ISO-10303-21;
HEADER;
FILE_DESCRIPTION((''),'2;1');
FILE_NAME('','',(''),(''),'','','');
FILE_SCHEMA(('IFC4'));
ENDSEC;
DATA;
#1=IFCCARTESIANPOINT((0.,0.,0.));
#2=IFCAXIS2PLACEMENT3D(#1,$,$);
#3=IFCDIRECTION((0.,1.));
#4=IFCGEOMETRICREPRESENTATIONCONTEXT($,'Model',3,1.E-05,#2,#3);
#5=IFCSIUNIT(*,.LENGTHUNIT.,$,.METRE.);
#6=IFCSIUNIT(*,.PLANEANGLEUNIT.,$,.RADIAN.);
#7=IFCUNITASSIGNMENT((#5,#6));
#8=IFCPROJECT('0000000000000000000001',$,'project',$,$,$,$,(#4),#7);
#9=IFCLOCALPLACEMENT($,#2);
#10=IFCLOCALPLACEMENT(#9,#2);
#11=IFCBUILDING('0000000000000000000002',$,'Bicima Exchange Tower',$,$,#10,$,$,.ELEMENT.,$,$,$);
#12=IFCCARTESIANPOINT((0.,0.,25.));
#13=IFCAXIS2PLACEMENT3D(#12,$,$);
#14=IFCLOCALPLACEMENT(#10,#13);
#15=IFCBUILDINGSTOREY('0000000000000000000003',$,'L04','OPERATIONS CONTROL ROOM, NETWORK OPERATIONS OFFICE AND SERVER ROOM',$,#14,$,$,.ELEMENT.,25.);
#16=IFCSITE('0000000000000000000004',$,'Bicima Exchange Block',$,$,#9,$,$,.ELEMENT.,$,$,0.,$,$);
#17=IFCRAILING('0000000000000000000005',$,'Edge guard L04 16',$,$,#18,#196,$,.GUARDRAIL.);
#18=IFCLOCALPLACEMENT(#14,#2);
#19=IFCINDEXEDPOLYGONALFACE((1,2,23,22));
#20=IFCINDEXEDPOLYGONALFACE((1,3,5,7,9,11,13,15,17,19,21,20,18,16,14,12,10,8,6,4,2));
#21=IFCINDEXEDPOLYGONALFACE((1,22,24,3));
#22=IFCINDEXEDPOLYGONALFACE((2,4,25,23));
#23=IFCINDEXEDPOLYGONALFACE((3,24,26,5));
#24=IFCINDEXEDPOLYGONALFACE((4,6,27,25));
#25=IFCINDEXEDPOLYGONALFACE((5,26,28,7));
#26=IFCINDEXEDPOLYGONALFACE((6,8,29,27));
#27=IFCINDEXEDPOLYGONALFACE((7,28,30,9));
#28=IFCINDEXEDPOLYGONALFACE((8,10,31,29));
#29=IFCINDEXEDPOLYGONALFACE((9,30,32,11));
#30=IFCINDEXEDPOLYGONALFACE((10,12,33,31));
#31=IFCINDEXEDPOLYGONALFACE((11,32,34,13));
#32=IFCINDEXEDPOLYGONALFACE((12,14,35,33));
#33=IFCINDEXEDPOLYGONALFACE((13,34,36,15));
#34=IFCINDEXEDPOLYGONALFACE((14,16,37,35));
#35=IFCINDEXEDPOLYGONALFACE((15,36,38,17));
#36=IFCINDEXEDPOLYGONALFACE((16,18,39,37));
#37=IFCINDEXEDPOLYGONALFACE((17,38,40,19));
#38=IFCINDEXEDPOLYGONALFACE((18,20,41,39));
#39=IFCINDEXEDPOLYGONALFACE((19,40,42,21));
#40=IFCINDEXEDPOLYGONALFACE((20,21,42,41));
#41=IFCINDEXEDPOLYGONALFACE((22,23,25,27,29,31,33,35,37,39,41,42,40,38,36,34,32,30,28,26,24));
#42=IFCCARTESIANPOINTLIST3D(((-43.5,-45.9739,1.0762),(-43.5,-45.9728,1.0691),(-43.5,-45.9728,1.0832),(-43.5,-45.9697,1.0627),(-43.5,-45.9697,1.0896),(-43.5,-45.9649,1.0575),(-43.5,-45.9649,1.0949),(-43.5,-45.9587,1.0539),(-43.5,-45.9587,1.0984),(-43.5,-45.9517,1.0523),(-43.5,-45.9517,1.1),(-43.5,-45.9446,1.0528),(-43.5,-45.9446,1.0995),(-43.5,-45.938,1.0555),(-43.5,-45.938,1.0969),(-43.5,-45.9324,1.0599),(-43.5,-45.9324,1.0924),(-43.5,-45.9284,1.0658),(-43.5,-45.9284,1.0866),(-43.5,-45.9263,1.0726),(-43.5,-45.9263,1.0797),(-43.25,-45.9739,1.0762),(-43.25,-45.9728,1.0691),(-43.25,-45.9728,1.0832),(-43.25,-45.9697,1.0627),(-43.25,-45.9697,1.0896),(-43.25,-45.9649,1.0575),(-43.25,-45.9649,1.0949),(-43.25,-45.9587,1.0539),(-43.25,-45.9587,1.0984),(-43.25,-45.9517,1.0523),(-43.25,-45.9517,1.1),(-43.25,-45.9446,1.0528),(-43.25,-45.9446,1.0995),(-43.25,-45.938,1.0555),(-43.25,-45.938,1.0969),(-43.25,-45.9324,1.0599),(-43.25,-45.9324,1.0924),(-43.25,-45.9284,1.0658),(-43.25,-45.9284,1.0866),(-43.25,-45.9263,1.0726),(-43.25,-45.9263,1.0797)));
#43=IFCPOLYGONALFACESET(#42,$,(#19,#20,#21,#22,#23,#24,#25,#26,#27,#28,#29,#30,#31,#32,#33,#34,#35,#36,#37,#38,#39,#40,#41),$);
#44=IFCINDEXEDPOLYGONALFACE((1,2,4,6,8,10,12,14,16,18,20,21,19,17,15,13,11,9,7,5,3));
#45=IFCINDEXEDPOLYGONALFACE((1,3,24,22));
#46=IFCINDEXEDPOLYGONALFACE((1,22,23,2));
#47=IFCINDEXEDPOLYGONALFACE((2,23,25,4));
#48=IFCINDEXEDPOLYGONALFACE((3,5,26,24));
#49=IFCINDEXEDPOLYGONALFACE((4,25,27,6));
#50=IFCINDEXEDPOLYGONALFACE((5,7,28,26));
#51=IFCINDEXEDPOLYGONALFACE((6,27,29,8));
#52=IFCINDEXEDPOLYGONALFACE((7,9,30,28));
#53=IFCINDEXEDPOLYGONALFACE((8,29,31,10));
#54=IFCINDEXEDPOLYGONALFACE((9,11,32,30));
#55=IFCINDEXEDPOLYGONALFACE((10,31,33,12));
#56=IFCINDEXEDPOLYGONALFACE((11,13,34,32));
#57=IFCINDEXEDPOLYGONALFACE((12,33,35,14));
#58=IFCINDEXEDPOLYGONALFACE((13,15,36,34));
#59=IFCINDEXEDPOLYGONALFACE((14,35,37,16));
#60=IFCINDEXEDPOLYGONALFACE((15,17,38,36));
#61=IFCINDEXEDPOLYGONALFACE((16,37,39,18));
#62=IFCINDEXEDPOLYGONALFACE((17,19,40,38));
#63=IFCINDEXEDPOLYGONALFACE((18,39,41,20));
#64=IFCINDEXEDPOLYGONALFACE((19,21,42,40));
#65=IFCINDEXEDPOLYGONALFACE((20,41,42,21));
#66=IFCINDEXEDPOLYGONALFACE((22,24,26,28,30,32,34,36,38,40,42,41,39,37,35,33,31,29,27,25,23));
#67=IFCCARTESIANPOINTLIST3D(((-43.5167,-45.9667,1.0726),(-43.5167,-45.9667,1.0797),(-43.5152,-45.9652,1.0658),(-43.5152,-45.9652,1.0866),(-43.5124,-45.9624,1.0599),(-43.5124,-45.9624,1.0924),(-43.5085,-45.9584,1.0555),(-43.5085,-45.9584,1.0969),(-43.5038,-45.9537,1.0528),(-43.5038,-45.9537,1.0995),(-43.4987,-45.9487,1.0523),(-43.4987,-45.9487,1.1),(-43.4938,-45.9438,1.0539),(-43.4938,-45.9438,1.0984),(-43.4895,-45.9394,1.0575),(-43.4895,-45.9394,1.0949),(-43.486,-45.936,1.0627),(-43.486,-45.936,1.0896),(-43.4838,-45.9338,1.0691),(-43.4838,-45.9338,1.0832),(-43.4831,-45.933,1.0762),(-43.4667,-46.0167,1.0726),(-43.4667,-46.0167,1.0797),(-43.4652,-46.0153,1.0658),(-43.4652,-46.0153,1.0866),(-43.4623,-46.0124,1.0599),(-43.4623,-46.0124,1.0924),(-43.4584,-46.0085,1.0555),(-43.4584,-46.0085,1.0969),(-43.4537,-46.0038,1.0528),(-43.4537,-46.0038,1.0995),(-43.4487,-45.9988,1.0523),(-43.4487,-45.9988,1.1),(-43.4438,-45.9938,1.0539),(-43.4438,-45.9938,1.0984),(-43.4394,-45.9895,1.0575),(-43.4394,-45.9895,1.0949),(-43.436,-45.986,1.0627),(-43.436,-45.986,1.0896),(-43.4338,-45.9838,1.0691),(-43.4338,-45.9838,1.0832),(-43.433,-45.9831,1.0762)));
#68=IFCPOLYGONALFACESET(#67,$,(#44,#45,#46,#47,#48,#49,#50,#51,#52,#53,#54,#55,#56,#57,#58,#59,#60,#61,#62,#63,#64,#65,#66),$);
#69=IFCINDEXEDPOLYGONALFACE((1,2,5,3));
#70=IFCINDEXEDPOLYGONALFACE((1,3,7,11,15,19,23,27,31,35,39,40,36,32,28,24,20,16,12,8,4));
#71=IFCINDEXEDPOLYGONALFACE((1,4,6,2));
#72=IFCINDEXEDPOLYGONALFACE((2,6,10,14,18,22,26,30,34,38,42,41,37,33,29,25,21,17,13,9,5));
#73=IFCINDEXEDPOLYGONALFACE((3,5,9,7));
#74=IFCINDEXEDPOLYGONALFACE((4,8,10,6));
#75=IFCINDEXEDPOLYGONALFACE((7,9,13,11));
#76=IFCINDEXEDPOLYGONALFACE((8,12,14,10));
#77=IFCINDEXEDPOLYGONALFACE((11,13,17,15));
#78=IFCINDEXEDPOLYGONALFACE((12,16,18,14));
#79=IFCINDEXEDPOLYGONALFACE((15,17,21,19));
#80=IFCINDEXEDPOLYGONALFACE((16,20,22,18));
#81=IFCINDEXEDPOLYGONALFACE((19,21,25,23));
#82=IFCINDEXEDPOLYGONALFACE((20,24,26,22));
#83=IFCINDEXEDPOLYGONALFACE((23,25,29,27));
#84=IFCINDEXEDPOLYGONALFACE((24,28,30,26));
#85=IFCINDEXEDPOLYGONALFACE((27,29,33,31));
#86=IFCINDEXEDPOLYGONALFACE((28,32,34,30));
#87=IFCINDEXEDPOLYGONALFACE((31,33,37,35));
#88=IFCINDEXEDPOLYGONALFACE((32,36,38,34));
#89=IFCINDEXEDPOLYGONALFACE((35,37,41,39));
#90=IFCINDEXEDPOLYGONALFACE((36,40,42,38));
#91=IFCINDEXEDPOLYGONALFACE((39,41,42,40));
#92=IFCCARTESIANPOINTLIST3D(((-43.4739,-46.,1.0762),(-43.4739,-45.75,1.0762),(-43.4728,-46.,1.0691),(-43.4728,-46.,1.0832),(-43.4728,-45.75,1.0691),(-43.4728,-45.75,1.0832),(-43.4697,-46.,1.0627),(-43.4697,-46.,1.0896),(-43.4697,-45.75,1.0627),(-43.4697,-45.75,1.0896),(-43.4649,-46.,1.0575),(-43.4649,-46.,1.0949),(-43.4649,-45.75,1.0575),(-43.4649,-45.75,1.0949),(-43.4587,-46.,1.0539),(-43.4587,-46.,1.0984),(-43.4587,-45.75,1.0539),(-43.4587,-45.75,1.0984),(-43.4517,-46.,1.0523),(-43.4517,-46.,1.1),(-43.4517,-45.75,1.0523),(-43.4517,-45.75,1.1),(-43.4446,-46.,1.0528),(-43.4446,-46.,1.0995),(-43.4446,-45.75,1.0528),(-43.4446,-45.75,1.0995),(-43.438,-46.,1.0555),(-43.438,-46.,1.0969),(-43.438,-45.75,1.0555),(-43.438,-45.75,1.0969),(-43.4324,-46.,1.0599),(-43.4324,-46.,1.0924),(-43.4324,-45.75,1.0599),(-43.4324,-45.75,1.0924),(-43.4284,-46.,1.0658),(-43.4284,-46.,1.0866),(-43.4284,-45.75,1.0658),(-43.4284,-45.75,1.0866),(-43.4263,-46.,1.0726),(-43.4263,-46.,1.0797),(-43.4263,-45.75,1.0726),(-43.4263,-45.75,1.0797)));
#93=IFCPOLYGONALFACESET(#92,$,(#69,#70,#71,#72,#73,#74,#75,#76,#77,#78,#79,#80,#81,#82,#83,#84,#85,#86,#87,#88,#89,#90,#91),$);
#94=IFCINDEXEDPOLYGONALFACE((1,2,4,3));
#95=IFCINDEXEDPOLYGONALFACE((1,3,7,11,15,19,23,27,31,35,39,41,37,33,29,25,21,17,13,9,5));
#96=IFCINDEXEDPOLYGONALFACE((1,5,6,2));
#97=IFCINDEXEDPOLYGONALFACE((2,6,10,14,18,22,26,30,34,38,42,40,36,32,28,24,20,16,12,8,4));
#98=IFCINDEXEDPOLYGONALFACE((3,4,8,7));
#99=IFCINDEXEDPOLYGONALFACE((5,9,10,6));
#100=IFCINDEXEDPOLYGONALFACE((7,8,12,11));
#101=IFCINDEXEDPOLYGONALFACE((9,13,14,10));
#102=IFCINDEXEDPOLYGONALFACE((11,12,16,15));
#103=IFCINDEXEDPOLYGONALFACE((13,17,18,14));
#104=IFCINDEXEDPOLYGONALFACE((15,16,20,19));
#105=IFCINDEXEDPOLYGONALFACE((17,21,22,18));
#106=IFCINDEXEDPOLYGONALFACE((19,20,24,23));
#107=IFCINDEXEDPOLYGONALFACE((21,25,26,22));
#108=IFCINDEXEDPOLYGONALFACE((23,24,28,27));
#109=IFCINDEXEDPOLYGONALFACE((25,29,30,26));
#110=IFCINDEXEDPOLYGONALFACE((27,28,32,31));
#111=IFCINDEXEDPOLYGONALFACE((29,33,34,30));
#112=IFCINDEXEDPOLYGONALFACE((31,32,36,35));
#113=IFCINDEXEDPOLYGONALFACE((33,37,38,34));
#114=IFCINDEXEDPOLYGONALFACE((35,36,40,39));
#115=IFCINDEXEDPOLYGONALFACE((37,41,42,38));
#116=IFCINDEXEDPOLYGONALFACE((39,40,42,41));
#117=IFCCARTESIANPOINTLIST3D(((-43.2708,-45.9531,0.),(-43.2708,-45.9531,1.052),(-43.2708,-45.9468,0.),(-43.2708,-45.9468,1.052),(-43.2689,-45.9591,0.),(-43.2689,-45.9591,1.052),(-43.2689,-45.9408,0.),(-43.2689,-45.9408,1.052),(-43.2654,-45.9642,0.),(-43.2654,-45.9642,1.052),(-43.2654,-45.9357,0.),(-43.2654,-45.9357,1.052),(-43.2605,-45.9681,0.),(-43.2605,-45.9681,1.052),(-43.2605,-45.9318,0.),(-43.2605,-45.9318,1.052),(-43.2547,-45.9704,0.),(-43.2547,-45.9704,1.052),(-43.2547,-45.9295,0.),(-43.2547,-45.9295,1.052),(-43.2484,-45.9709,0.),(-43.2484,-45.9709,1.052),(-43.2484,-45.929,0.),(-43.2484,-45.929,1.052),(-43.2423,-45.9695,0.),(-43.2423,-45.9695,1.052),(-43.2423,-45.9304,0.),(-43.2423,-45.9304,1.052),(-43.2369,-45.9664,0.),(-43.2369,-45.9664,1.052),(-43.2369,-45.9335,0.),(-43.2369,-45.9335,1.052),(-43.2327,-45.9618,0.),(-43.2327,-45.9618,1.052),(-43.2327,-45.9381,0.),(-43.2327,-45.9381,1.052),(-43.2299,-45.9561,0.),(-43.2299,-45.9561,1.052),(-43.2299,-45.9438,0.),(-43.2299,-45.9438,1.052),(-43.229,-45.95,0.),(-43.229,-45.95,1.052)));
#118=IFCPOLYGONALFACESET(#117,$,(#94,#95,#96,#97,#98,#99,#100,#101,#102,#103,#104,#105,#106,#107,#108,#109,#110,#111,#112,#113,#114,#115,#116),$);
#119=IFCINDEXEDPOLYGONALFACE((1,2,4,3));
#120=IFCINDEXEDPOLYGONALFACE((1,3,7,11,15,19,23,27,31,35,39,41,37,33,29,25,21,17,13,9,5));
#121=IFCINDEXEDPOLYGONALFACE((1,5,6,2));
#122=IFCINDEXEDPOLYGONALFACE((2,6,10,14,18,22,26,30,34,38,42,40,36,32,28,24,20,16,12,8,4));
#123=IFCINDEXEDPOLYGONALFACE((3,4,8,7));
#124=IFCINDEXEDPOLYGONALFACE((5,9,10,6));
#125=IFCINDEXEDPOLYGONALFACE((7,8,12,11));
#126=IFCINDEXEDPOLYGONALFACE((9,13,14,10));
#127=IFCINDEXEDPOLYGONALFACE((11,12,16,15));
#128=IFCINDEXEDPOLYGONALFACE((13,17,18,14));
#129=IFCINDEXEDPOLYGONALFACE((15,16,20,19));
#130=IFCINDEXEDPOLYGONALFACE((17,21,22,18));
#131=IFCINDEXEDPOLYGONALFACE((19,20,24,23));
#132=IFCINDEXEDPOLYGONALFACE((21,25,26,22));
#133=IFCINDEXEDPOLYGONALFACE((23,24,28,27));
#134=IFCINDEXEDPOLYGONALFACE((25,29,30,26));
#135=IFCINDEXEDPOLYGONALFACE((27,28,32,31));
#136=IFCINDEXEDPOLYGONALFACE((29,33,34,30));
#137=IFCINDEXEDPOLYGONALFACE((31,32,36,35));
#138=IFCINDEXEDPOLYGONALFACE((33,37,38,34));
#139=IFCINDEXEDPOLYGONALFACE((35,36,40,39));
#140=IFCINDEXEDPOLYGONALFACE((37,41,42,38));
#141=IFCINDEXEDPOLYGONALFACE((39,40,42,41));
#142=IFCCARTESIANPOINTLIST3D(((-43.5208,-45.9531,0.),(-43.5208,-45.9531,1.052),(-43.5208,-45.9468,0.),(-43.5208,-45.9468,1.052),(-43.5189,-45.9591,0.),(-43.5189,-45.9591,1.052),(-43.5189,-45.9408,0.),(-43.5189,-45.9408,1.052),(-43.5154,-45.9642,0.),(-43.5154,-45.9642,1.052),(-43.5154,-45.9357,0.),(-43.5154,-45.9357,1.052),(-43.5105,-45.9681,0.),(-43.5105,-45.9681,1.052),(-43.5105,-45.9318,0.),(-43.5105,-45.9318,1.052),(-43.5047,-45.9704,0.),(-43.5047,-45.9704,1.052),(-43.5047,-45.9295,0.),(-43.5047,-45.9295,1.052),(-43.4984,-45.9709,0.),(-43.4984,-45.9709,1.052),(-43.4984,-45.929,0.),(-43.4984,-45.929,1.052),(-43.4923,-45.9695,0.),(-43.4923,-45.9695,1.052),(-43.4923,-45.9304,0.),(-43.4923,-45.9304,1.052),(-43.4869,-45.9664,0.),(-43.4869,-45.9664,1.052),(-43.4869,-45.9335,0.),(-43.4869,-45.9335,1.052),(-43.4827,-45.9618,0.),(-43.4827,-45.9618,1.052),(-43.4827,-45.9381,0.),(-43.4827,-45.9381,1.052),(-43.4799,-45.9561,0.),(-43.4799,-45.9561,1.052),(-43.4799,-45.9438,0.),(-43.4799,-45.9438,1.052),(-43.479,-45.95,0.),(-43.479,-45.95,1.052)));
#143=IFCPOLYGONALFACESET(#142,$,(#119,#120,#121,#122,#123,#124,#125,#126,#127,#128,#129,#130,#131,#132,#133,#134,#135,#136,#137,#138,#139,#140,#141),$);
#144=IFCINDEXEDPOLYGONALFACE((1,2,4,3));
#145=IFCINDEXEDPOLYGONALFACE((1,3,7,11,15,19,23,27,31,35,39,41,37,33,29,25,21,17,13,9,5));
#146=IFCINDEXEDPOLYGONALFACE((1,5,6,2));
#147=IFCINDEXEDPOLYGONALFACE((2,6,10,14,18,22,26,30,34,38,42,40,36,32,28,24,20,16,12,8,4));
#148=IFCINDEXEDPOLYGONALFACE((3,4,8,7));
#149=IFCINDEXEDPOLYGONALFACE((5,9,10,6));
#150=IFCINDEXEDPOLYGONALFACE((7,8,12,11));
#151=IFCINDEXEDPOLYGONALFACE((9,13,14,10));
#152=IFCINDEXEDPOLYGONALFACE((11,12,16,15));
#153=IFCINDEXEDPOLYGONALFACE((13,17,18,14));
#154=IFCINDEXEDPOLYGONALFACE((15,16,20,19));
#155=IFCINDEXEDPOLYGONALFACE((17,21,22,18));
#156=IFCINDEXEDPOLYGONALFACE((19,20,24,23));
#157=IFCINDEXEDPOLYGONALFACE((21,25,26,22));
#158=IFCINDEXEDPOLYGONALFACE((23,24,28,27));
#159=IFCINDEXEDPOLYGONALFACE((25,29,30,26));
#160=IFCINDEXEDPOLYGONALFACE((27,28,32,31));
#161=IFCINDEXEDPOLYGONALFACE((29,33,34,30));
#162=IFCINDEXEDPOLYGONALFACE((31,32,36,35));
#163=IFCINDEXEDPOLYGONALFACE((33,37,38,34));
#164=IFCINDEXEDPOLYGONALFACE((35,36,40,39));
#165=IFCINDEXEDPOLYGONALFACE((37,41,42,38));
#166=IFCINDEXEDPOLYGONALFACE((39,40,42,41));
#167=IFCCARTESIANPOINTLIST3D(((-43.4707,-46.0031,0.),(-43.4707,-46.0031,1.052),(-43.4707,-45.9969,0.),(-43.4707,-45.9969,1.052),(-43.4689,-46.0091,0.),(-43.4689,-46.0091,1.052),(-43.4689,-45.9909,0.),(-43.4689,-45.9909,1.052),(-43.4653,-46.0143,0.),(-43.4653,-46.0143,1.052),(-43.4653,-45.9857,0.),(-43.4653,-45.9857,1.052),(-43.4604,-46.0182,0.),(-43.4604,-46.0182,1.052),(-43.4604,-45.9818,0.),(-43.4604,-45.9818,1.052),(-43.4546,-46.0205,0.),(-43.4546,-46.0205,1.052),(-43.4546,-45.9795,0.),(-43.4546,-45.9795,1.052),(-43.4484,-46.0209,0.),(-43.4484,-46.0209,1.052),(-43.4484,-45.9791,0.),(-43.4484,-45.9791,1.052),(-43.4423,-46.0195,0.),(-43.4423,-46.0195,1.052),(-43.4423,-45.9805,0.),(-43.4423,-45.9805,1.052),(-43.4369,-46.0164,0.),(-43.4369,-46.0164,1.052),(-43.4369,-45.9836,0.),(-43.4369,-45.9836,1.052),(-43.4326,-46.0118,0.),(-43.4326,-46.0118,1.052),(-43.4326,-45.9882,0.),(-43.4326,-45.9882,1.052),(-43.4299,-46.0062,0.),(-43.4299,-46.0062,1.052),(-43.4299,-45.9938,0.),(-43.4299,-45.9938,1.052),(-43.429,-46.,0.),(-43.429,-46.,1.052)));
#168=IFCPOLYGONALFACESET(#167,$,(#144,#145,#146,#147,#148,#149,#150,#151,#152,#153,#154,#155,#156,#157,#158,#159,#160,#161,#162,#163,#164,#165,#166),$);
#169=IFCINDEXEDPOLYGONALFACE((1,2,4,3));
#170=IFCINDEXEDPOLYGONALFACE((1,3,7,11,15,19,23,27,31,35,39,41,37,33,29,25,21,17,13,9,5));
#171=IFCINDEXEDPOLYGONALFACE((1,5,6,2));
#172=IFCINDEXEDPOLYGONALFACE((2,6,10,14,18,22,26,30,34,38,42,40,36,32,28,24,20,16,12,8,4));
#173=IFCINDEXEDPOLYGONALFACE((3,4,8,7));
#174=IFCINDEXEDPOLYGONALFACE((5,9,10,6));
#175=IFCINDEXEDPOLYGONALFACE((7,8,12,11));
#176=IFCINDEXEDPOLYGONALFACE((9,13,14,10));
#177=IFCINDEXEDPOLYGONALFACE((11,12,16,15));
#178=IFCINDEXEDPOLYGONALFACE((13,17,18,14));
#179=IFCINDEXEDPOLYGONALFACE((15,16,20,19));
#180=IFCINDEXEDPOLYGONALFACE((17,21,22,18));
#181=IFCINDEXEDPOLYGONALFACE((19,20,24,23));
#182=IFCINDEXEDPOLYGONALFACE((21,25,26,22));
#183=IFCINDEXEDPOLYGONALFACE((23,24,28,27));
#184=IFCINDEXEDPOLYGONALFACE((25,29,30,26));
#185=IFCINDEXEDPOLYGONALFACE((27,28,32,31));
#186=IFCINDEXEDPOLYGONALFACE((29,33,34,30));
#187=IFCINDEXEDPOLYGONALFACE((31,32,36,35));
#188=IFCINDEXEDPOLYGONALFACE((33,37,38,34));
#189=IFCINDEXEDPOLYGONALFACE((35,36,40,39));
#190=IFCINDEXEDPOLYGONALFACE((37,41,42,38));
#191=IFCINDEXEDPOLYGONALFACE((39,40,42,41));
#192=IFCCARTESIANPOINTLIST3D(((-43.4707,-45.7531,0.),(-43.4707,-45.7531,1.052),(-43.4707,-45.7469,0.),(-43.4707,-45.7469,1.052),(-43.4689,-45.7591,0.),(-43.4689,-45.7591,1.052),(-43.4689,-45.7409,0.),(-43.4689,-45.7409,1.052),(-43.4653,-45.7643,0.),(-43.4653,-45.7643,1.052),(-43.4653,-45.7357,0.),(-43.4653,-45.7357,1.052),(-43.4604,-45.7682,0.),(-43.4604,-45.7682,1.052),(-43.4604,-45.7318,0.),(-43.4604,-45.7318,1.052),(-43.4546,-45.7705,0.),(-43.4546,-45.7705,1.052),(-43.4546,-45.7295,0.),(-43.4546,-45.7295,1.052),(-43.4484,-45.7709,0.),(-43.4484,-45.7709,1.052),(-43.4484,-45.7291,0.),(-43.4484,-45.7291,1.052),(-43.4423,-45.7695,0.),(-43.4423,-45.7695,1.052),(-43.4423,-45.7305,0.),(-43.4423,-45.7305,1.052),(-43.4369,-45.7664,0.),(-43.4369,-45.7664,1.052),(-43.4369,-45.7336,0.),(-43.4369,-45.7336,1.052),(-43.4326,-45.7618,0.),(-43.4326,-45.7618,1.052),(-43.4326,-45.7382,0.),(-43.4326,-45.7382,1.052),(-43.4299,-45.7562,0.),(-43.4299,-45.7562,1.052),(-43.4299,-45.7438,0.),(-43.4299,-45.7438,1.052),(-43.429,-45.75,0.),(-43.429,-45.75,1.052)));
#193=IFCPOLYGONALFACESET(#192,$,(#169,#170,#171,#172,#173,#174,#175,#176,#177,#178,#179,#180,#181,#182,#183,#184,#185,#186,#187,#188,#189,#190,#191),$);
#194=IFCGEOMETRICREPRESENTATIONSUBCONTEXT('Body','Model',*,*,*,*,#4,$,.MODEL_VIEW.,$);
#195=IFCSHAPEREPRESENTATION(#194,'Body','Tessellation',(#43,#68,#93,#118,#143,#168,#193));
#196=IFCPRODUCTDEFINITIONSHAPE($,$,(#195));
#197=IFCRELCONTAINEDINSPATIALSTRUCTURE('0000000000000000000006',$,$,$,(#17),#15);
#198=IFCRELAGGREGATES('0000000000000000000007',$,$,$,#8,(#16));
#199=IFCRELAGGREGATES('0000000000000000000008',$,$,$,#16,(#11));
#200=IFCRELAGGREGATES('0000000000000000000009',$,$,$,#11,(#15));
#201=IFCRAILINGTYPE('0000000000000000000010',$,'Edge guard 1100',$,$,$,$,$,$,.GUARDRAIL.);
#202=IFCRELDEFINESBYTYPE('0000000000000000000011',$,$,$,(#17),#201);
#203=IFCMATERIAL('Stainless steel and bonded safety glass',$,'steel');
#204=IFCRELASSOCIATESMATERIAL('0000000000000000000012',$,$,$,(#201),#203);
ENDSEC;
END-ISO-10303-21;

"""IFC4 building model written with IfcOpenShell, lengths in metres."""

from ifc_helpers import new_model, si_unit, direction, frame, origin, origin_2d, place, context, subcontext, project, spatial, circle, extrude, material, type_object, element, save


model = new_model("IFC4")

# Units and contexts
model_context = context("Model", 3, precision=1e-05, world=origin(), true_north=direction((0.0, 1.0)))
body_context = subcontext(model_context, "Body", "Model", "MODEL_VIEW")
ifc_project = project(units=[si_unit("LENGTHUNIT", "METRE"), si_unit("PLANEANGLEUNIT", "RADIAN")], contexts=[model_context])

# Site, building, storey
site_placement = place(None, origin())
site = spatial("IfcSite", under=ifc_project, at=site_placement, Name="Bicima Exchange Block", CompositionType="ELEMENT", RefElevation=0.0)
building_placement = place(site_placement, origin())
building = spatial("IfcBuilding", under=site, at=building_placement, Name="Bicima Exchange Tower", CompositionType="ELEMENT")
storey_placement = place(building_placement, frame((0.0, 0.0, 25.0)))
storey = spatial("IfcBuildingStorey", under=building, at=storey_placement, Name="L04", Description="OPERATIONS CONTROL ROOM, NETWORK OPERATIONS OFFICE AND SERVER ROOM", CompositionType="ELEMENT", Elevation=25.0)

# Railing
ifc_material_1 = material(Name="Stainless steel and bonded safety glass", Category="steel")
railing_type = type_object("IfcRailingType", Name="Edge guard 1100", PredefinedType="GUARDRAIL", material=ifc_material_1)
railing_placement = place(storey_placement, frame((-43.25, -45.95, 0.0)))
element("IfcRailing", 1, at=railing_placement, inside=storey, type_object=railing_type, Name="Edge guard L04 16", PredefinedType="GUARDRAIL", context=body_context, shape_type="SweptSolid", body=[
    extrude(circle(Radius=0.0239, at=origin_2d()), frame((0.0, 0.0, 1.0762), z_axis=(-1.0, 0.0, 0.0), x_axis=(0.0, -1.0, 0.0)), (0.0, 0.0, 1.0), 0.25),
    extrude(circle(Radius=0.0239, at=origin_2d()), frame((-0.25, 0.0, 1.0762), z_axis=(0.707107, -0.707107, 0.0), x_axis=(0.707107, 0.707107, 0.0)), (0.0, 0.0, 1.0), 0.0708),
    extrude(circle(Radius=0.0239, at=origin_2d()), frame((-0.2, -0.05, 1.0762), z_axis=(0.0, 1.0, 0.0), x_axis=(-1.0, 0.0, 0.0)), (0.0, 0.0, 1.0), 0.25),
    extrude(circle(Radius=0.021, at=origin_2d()), origin(), (0.0, 0.0, 1.0), 1.052),
    extrude(circle(Radius=0.021, at=origin_2d()), frame((-0.25, 0.0, 0.0)), (0.0, 0.0, 1.0), 1.052),
    extrude(circle(Radius=0.021, at=origin_2d()), frame((-0.2, -0.05, 0.0)), (0.0, 0.0, 1.0), 1.052),
    extrude(circle(Radius=0.021, at=origin_2d()), frame((-0.2, 0.2, 0.0)), (0.0, 0.0, 1.0), 1.052),
])

save(model, "model.ifc")
